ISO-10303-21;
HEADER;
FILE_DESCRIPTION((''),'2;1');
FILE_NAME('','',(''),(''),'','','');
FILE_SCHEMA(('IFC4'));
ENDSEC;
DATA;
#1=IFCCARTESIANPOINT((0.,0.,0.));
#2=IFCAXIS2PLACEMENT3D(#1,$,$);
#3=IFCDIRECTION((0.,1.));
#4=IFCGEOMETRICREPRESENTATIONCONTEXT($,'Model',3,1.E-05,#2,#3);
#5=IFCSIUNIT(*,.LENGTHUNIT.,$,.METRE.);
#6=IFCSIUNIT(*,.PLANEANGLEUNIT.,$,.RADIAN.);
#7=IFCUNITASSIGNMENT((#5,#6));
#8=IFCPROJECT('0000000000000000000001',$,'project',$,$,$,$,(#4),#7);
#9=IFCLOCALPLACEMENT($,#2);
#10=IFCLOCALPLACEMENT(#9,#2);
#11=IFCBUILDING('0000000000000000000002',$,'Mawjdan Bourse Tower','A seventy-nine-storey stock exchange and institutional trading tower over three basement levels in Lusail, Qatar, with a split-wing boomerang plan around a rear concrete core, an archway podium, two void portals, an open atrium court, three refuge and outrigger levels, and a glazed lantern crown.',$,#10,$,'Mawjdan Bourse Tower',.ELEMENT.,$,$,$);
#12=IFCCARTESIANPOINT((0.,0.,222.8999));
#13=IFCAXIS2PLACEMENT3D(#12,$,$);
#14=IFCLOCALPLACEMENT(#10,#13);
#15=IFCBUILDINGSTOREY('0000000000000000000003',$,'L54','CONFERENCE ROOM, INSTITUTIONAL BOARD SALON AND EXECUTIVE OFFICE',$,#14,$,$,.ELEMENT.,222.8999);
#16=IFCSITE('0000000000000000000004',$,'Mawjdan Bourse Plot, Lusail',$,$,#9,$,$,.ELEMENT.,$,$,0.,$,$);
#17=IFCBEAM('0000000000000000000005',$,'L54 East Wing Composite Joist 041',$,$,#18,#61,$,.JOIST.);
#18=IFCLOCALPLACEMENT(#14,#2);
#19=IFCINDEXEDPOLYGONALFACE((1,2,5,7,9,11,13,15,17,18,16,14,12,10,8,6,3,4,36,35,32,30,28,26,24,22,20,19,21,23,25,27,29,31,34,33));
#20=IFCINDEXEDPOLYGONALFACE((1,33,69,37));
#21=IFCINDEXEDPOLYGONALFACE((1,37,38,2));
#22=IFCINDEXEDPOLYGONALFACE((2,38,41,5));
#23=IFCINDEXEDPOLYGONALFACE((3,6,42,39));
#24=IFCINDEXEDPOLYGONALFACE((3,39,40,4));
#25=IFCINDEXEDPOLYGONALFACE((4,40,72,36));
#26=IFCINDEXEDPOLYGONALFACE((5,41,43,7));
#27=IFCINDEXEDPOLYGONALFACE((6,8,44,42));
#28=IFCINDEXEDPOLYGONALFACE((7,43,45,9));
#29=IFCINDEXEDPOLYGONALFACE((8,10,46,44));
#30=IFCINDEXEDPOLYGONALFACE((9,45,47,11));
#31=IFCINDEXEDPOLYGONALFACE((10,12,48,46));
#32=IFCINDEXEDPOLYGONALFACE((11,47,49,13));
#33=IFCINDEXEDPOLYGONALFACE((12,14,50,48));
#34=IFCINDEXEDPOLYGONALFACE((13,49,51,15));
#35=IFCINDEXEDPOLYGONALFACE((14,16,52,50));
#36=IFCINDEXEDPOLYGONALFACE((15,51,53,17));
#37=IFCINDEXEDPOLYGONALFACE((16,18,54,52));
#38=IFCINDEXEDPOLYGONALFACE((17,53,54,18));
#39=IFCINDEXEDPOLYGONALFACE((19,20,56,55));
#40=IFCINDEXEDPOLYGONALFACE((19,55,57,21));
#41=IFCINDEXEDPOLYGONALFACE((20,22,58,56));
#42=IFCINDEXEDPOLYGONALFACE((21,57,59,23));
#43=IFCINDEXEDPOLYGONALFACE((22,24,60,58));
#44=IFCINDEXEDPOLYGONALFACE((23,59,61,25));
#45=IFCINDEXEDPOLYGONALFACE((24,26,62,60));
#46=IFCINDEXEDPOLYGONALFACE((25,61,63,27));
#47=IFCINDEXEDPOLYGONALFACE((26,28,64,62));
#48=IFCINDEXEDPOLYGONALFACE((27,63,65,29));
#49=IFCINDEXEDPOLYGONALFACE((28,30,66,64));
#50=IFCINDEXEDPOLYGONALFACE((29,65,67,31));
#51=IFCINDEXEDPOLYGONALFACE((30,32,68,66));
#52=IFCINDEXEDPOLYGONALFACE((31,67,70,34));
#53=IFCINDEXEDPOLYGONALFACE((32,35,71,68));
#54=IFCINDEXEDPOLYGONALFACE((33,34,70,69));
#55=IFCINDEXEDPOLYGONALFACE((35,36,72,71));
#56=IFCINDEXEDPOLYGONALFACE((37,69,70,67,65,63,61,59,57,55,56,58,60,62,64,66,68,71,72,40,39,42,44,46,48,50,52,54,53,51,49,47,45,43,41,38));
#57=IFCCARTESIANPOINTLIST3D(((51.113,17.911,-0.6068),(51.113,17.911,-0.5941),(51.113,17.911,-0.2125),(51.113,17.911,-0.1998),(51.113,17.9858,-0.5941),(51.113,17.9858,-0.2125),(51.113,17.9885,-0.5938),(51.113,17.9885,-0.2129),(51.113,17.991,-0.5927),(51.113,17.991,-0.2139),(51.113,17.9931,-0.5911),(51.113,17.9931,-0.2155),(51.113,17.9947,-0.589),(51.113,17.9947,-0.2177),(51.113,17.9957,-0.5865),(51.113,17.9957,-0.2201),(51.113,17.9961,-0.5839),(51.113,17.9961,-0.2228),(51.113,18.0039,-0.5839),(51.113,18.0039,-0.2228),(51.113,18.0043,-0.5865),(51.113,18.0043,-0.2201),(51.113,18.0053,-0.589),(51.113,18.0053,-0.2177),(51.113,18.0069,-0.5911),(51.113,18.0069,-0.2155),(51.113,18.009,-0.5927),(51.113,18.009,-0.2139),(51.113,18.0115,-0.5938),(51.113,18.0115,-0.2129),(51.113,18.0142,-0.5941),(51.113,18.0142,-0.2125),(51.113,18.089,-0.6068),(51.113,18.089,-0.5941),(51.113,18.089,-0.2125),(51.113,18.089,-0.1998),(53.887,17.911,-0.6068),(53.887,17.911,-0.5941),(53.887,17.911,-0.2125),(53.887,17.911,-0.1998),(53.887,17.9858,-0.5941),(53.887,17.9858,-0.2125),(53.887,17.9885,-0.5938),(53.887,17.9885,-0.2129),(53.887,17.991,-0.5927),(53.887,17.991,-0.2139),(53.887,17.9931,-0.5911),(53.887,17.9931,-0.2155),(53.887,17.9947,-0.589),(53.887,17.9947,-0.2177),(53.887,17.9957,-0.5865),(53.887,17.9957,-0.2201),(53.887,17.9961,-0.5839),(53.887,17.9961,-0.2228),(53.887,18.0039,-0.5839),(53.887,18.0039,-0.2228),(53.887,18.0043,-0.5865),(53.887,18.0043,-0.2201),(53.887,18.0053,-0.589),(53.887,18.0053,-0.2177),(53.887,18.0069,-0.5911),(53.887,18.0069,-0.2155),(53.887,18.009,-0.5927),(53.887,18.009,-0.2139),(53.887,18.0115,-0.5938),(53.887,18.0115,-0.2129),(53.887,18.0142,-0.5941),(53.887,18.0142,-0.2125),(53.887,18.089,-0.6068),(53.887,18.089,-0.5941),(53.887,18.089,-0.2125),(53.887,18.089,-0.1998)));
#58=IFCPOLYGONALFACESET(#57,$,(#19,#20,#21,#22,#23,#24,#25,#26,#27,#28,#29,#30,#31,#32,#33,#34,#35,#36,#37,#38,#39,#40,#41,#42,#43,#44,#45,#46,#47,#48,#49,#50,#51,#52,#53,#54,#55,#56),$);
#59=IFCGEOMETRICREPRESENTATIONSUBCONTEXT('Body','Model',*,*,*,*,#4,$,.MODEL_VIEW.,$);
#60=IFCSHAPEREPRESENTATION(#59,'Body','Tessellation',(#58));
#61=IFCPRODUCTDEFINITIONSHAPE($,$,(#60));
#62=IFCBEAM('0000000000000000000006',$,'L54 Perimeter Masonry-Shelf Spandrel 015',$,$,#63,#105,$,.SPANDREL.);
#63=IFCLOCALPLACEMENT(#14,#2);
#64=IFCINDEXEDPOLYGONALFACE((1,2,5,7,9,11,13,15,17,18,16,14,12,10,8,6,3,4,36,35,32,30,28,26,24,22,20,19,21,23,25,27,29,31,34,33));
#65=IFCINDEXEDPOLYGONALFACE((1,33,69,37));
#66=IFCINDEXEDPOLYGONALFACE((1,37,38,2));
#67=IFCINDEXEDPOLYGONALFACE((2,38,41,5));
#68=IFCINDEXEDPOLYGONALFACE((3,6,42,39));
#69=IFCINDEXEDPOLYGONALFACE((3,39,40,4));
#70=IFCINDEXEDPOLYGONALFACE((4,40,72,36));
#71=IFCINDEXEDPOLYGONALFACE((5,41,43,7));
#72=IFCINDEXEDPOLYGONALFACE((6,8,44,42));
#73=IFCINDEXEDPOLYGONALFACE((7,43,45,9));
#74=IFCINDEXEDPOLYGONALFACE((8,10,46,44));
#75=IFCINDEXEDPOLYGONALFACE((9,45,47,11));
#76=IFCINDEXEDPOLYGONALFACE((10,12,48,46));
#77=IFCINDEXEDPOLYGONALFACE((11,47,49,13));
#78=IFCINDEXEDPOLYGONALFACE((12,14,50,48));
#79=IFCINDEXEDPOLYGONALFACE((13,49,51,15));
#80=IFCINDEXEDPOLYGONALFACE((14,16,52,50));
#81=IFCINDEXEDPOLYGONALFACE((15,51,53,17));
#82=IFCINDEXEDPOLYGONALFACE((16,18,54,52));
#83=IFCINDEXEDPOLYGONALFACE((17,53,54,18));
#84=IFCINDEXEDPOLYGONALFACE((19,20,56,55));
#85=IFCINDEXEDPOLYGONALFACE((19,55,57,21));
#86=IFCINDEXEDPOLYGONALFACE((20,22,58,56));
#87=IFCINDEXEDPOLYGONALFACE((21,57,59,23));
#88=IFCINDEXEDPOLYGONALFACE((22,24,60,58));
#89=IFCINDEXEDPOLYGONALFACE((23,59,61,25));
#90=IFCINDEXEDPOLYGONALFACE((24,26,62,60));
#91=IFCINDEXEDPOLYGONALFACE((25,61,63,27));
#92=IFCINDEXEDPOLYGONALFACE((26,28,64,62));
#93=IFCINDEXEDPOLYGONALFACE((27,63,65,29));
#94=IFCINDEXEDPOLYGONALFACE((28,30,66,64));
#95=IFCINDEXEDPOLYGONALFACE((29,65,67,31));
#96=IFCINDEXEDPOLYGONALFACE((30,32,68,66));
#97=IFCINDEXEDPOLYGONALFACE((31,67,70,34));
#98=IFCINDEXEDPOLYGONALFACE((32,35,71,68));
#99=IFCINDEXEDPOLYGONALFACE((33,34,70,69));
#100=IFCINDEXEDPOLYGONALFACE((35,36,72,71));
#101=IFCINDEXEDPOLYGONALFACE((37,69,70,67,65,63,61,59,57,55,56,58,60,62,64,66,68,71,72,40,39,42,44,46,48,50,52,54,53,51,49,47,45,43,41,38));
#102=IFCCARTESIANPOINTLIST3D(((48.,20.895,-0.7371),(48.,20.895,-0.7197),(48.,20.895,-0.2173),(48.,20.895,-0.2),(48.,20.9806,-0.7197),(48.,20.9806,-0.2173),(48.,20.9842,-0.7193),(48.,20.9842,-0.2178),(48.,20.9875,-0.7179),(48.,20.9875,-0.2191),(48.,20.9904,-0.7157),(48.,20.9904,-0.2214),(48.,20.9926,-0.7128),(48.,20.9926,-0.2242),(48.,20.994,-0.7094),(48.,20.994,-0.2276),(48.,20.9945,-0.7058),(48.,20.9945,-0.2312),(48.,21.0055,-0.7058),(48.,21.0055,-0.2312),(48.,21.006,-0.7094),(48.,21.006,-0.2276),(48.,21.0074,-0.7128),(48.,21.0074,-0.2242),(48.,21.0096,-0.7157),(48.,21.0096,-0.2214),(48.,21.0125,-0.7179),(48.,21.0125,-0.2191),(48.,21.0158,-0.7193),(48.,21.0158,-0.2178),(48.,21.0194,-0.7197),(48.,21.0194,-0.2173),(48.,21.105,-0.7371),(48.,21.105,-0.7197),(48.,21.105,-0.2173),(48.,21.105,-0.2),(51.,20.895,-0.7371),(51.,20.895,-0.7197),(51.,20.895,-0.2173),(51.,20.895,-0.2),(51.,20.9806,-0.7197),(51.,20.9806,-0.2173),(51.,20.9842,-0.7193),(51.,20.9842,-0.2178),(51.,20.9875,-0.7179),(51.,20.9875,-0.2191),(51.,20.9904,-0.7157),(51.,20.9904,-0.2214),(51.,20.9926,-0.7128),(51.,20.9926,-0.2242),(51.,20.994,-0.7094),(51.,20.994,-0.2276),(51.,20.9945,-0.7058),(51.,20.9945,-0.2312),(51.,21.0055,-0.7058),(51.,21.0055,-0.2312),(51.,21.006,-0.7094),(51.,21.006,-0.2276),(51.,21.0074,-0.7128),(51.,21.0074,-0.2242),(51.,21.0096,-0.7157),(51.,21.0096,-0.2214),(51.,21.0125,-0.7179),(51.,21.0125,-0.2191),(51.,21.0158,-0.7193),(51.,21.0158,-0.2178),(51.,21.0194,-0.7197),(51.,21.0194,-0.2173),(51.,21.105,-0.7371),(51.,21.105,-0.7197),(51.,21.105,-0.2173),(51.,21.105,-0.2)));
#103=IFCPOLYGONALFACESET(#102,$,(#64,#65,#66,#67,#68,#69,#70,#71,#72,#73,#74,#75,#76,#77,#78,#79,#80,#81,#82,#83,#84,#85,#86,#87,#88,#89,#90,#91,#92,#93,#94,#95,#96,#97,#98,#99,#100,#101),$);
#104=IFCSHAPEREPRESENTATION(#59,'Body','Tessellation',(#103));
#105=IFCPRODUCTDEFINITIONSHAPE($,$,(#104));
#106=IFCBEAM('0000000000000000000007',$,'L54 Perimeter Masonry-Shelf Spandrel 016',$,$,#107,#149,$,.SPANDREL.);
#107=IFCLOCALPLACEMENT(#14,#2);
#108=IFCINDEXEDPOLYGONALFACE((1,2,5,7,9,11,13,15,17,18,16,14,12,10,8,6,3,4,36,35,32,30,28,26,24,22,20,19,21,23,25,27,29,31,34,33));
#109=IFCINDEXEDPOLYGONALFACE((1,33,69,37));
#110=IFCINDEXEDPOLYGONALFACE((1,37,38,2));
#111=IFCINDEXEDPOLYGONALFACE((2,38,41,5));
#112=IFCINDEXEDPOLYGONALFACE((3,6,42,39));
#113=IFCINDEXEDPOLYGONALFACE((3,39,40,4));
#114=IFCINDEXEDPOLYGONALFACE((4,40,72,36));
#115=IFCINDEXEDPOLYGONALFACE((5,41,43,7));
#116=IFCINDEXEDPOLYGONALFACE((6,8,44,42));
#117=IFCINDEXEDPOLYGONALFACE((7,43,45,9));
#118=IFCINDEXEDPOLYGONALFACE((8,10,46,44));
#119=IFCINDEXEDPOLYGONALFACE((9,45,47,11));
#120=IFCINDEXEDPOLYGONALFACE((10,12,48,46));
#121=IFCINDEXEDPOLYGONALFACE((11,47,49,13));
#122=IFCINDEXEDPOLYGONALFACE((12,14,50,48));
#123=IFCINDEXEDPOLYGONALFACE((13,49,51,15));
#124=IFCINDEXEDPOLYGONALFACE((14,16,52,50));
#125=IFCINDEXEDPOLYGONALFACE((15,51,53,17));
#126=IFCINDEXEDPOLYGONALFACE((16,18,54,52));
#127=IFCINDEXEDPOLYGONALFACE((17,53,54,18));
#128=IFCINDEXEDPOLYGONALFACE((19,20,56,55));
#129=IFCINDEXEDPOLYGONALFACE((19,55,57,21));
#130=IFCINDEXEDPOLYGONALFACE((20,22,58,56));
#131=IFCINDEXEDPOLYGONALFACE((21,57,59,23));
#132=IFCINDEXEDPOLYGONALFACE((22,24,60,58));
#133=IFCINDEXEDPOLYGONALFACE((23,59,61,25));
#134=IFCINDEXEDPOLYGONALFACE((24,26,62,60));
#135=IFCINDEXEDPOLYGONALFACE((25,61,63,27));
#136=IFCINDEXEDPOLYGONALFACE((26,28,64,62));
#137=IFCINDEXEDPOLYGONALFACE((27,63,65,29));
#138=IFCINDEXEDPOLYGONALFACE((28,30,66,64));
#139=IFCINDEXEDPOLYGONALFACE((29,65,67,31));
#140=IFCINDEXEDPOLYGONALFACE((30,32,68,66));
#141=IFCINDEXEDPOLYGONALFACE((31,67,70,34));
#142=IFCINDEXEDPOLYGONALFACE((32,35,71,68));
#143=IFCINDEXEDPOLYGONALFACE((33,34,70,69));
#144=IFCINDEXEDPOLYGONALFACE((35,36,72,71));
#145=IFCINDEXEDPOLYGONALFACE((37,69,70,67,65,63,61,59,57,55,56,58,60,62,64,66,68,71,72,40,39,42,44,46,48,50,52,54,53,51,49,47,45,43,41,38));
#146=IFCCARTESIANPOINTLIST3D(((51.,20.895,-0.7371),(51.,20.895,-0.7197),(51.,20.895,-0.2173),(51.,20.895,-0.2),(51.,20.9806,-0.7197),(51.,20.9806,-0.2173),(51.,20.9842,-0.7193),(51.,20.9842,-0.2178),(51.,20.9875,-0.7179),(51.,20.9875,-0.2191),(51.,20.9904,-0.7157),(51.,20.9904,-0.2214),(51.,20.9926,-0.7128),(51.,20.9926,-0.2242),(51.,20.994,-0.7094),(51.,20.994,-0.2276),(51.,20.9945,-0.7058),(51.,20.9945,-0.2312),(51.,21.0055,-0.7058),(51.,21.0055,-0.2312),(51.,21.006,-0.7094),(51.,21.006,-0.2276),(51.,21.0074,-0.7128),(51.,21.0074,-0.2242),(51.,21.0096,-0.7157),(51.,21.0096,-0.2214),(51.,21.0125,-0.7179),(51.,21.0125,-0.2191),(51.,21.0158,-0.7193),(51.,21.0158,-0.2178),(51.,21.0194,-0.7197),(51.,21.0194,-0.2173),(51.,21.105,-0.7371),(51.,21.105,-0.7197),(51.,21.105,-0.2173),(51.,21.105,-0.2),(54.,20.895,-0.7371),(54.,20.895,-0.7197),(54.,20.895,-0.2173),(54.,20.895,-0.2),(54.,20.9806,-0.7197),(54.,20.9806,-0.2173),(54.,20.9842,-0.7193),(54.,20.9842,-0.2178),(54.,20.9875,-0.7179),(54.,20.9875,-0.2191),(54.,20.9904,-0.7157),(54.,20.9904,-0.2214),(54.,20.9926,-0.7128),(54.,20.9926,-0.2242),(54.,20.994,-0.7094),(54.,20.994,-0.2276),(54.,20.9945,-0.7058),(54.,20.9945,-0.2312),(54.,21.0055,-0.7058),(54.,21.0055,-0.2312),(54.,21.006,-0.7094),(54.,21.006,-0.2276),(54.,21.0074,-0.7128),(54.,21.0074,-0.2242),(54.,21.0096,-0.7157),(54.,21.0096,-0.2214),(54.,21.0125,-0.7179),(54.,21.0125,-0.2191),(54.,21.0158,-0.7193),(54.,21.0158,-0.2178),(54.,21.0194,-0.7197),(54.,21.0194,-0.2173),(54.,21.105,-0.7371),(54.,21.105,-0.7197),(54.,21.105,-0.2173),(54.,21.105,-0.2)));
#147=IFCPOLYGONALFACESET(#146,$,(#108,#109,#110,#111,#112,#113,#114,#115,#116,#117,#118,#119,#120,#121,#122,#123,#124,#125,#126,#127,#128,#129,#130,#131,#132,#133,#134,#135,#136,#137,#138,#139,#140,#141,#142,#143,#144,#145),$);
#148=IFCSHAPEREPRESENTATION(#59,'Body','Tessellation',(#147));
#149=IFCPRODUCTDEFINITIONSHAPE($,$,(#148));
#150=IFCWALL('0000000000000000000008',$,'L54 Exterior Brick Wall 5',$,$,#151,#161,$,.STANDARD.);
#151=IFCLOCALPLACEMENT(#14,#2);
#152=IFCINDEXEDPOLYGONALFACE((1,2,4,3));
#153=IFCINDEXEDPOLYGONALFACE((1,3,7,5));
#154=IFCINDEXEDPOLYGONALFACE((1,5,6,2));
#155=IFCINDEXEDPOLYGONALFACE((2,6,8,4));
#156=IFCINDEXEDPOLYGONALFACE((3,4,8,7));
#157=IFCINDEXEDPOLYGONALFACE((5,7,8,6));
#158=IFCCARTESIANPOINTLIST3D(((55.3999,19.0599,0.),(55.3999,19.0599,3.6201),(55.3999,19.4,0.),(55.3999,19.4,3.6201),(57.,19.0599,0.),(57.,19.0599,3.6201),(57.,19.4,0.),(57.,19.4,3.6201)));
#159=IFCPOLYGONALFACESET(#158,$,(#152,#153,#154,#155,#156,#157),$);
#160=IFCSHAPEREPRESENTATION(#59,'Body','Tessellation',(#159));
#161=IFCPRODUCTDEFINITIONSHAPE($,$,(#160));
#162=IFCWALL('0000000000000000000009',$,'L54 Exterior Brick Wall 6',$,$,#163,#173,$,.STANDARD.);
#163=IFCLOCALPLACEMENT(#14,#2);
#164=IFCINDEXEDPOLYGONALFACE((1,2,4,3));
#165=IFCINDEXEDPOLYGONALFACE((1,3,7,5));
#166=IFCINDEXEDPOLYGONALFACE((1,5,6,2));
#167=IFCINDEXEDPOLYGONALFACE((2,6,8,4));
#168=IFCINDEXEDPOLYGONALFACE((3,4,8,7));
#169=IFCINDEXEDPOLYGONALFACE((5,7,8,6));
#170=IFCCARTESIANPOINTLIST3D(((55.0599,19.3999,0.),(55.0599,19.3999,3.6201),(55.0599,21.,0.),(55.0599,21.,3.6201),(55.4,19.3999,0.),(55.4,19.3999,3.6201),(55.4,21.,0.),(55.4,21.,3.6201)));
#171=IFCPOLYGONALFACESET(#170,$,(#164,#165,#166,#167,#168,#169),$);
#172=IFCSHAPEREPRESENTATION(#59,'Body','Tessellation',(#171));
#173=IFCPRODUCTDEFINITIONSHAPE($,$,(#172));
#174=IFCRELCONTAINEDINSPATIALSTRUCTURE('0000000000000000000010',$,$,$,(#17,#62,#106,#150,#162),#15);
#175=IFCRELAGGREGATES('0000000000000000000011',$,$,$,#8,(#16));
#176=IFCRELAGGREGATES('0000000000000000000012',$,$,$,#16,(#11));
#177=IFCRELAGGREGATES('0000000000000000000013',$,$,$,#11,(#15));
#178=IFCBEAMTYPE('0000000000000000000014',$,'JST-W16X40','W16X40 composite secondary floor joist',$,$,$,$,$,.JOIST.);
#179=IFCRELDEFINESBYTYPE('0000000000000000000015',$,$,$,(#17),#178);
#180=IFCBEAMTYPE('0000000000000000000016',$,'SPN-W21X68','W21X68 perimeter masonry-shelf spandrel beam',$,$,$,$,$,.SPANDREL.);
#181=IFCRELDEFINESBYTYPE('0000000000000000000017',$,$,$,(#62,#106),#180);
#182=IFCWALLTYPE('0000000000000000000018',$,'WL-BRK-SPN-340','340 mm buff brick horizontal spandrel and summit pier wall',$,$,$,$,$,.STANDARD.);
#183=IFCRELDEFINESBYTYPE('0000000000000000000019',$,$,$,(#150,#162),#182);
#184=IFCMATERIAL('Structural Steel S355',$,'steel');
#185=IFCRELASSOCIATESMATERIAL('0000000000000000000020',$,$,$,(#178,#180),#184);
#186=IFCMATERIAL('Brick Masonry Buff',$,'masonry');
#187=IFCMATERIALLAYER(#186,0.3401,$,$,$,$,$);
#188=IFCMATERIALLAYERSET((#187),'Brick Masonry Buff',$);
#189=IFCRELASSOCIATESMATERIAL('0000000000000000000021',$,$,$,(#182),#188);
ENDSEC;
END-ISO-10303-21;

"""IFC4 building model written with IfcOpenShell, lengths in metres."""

from ifc_helpers import new_model, si_unit, direction, frame, frame_2d, origin, origin_2d, place, context, subcontext, project, spatial, rectangle, i_section, extrude, material, layer, layer_set, material_profile, profile_set, type_object, element, save


model = new_model("IFC4")

# Units and contexts
model_context = context("Model", 3, precision=1e-05, world=origin(), true_north=direction((0.0, 1.0)))
body_context = subcontext(model_context, "Body", "Model", "MODEL_VIEW")
ifc_project = project(units=[si_unit("LENGTHUNIT", "METRE"), si_unit("PLANEANGLEUNIT", "RADIAN")], contexts=[model_context])

# Site, building, storey
site_placement = place(None, origin())
site = spatial("IfcSite", under=ifc_project, at=site_placement, Name="Mawjdan Bourse Plot, Lusail", CompositionType="ELEMENT", RefElevation=0.0)
building_placement = place(site_placement, origin())
building = spatial("IfcBuilding", under=site, at=building_placement, Name="Mawjdan Bourse Tower", Description="A seventy-nine-storey stock exchange and institutional trading tower over three basement levels in Lusail, Qatar, with a split-wing boomerang plan around a rear concrete core, an archway podium, two void portals, an open atrium court, three refuge and outrigger levels, and a glazed lantern crown.", LongName="Mawjdan Bourse Tower", CompositionType="ELEMENT")
storey_placement = place(building_placement, frame((0.0, 0.0, 222.8999)))
storey = spatial("IfcBuildingStorey", under=building, at=storey_placement, Name="L54", Description="CONFERENCE ROOM, INSTITUTIONAL BOARD SALON AND EXECUTIVE OFFICE", CompositionType="ELEMENT", Elevation=222.8999)

# Beams
ifc_material_1 = material(Name="Structural Steel S355", Category="steel")
ifc_material_profile_1 = material_profile(ifc_material_1, i_section(OverallWidth=0.178, OverallDepth=0.407, WebThickness=0.0078, FlangeThickness=0.0127, FilletRadius=0.0103, at=origin_2d()), Name="W16X40")
ifc_profile_set_1 = profile_set([ifc_material_profile_1], Name="Structural Steel S355")
beam_type_1 = type_object("IfcBeamType", Name="JST-W16X40", Description="W16X40 composite secondary floor joist", PredefinedType="JOIST", material=ifc_profile_set_1)
for number, where, z_axis, x_axis, name in (
    (1, (51.113, 18.0, -0.4033), (1.0, 0.0, 0.0), (0.0, 1.0, 0.0), "L54 East Wing Composite Joist 041"),
):
    element("IfcBeam", number, at=place(storey_placement, frame(where, z_axis=z_axis, x_axis=x_axis)), inside=storey, type_object=beam_type_1, Name=name, PredefinedType="JOIST", context=body_context, shape_type="SweptSolid", body=[
        extrude(i_section(OverallWidth=0.178, OverallDepth=0.407, WebThickness=0.0078, FlangeThickness=0.0127, FilletRadius=0.0103, at=origin_2d()), origin(), (0.0, 0.0, 1.0), 2.7739),
    ])
ifc_material_profile_2 = material_profile(ifc_material_1, i_section(OverallWidth=0.21, OverallDepth=0.5371, WebThickness=0.011, FlangeThickness=0.0173, FilletRadius=0.0139, at=origin_2d()), Name="W21X68")
ifc_profile_set_2 = profile_set([ifc_material_profile_2], Name="Structural Steel S355")
beam_type_2 = type_object("IfcBeamType", Name="SPN-W21X68", Description="W21X68 perimeter masonry-shelf spandrel beam", PredefinedType="SPANDREL", material=ifc_profile_set_2)
for number, where, z_axis, x_axis, name in (
    (2, (48.0, 21.0, -0.4685), (1.0, 0.0, 0.0), (0.0, 1.0, 0.0), "L54 Perimeter Masonry-Shelf Spandrel 015"),
    (3, (51.0, 21.0, -0.4685), (1.0, 0.0, 0.0), (0.0, 1.0, 0.0), "L54 Perimeter Masonry-Shelf Spandrel 016"),
):
    element("IfcBeam", number, at=place(storey_placement, frame(where, z_axis=z_axis, x_axis=x_axis)), inside=storey, type_object=beam_type_2, Name=name, PredefinedType="SPANDREL", context=body_context, shape_type="SweptSolid", body=[
        extrude(i_section(OverallWidth=0.21, OverallDepth=0.5371, WebThickness=0.011, FlangeThickness=0.0173, FilletRadius=0.0139, at=origin_2d()), origin(), (0.0, 0.0, 1.0), 3.0),
    ])

# Walls
ifc_material_2 = material(Name="Brick Masonry Buff", Category="masonry")
ifc_layer_1 = layer(ifc_material_2, 0.3401)
ifc_layer_set_1 = layer_set([ifc_layer_1], Name="Brick Masonry Buff")
wall_type_1 = type_object("IfcWallType", Name="WL-BRK-SPN-340", Description="340 mm buff brick horizontal spandrel and summit pier wall", PredefinedType="STANDARD", material=ifc_layer_set_1)
for number, where, z_axis, x_axis, name in (
    (4, (57.0, 19.23, 0.0), (0.0, 0.0, 1.0), (-1.0, 0.0, 0.0), "L54 Exterior Brick Wall 5"),
    (5, (55.23, 19.3999, 0.0), (0.0, 0.0, 1.0), (0.0, 1.0, 0.0), "L54 Exterior Brick Wall 6"),
):
    element("IfcWall", number, at=place(storey_placement, frame(where, z_axis=z_axis, x_axis=x_axis)), inside=storey, type_object=wall_type_1, Name=name, PredefinedType="STANDARD", context=body_context, shape_type="SweptSolid", body=[
        extrude(rectangle(XDim=1.6001, YDim=0.3401, at=frame_2d((0.8, 0.0))), origin(), (0.0, 0.0, 1.0), 3.6201),
    ])

save(model, "model.ifc")
